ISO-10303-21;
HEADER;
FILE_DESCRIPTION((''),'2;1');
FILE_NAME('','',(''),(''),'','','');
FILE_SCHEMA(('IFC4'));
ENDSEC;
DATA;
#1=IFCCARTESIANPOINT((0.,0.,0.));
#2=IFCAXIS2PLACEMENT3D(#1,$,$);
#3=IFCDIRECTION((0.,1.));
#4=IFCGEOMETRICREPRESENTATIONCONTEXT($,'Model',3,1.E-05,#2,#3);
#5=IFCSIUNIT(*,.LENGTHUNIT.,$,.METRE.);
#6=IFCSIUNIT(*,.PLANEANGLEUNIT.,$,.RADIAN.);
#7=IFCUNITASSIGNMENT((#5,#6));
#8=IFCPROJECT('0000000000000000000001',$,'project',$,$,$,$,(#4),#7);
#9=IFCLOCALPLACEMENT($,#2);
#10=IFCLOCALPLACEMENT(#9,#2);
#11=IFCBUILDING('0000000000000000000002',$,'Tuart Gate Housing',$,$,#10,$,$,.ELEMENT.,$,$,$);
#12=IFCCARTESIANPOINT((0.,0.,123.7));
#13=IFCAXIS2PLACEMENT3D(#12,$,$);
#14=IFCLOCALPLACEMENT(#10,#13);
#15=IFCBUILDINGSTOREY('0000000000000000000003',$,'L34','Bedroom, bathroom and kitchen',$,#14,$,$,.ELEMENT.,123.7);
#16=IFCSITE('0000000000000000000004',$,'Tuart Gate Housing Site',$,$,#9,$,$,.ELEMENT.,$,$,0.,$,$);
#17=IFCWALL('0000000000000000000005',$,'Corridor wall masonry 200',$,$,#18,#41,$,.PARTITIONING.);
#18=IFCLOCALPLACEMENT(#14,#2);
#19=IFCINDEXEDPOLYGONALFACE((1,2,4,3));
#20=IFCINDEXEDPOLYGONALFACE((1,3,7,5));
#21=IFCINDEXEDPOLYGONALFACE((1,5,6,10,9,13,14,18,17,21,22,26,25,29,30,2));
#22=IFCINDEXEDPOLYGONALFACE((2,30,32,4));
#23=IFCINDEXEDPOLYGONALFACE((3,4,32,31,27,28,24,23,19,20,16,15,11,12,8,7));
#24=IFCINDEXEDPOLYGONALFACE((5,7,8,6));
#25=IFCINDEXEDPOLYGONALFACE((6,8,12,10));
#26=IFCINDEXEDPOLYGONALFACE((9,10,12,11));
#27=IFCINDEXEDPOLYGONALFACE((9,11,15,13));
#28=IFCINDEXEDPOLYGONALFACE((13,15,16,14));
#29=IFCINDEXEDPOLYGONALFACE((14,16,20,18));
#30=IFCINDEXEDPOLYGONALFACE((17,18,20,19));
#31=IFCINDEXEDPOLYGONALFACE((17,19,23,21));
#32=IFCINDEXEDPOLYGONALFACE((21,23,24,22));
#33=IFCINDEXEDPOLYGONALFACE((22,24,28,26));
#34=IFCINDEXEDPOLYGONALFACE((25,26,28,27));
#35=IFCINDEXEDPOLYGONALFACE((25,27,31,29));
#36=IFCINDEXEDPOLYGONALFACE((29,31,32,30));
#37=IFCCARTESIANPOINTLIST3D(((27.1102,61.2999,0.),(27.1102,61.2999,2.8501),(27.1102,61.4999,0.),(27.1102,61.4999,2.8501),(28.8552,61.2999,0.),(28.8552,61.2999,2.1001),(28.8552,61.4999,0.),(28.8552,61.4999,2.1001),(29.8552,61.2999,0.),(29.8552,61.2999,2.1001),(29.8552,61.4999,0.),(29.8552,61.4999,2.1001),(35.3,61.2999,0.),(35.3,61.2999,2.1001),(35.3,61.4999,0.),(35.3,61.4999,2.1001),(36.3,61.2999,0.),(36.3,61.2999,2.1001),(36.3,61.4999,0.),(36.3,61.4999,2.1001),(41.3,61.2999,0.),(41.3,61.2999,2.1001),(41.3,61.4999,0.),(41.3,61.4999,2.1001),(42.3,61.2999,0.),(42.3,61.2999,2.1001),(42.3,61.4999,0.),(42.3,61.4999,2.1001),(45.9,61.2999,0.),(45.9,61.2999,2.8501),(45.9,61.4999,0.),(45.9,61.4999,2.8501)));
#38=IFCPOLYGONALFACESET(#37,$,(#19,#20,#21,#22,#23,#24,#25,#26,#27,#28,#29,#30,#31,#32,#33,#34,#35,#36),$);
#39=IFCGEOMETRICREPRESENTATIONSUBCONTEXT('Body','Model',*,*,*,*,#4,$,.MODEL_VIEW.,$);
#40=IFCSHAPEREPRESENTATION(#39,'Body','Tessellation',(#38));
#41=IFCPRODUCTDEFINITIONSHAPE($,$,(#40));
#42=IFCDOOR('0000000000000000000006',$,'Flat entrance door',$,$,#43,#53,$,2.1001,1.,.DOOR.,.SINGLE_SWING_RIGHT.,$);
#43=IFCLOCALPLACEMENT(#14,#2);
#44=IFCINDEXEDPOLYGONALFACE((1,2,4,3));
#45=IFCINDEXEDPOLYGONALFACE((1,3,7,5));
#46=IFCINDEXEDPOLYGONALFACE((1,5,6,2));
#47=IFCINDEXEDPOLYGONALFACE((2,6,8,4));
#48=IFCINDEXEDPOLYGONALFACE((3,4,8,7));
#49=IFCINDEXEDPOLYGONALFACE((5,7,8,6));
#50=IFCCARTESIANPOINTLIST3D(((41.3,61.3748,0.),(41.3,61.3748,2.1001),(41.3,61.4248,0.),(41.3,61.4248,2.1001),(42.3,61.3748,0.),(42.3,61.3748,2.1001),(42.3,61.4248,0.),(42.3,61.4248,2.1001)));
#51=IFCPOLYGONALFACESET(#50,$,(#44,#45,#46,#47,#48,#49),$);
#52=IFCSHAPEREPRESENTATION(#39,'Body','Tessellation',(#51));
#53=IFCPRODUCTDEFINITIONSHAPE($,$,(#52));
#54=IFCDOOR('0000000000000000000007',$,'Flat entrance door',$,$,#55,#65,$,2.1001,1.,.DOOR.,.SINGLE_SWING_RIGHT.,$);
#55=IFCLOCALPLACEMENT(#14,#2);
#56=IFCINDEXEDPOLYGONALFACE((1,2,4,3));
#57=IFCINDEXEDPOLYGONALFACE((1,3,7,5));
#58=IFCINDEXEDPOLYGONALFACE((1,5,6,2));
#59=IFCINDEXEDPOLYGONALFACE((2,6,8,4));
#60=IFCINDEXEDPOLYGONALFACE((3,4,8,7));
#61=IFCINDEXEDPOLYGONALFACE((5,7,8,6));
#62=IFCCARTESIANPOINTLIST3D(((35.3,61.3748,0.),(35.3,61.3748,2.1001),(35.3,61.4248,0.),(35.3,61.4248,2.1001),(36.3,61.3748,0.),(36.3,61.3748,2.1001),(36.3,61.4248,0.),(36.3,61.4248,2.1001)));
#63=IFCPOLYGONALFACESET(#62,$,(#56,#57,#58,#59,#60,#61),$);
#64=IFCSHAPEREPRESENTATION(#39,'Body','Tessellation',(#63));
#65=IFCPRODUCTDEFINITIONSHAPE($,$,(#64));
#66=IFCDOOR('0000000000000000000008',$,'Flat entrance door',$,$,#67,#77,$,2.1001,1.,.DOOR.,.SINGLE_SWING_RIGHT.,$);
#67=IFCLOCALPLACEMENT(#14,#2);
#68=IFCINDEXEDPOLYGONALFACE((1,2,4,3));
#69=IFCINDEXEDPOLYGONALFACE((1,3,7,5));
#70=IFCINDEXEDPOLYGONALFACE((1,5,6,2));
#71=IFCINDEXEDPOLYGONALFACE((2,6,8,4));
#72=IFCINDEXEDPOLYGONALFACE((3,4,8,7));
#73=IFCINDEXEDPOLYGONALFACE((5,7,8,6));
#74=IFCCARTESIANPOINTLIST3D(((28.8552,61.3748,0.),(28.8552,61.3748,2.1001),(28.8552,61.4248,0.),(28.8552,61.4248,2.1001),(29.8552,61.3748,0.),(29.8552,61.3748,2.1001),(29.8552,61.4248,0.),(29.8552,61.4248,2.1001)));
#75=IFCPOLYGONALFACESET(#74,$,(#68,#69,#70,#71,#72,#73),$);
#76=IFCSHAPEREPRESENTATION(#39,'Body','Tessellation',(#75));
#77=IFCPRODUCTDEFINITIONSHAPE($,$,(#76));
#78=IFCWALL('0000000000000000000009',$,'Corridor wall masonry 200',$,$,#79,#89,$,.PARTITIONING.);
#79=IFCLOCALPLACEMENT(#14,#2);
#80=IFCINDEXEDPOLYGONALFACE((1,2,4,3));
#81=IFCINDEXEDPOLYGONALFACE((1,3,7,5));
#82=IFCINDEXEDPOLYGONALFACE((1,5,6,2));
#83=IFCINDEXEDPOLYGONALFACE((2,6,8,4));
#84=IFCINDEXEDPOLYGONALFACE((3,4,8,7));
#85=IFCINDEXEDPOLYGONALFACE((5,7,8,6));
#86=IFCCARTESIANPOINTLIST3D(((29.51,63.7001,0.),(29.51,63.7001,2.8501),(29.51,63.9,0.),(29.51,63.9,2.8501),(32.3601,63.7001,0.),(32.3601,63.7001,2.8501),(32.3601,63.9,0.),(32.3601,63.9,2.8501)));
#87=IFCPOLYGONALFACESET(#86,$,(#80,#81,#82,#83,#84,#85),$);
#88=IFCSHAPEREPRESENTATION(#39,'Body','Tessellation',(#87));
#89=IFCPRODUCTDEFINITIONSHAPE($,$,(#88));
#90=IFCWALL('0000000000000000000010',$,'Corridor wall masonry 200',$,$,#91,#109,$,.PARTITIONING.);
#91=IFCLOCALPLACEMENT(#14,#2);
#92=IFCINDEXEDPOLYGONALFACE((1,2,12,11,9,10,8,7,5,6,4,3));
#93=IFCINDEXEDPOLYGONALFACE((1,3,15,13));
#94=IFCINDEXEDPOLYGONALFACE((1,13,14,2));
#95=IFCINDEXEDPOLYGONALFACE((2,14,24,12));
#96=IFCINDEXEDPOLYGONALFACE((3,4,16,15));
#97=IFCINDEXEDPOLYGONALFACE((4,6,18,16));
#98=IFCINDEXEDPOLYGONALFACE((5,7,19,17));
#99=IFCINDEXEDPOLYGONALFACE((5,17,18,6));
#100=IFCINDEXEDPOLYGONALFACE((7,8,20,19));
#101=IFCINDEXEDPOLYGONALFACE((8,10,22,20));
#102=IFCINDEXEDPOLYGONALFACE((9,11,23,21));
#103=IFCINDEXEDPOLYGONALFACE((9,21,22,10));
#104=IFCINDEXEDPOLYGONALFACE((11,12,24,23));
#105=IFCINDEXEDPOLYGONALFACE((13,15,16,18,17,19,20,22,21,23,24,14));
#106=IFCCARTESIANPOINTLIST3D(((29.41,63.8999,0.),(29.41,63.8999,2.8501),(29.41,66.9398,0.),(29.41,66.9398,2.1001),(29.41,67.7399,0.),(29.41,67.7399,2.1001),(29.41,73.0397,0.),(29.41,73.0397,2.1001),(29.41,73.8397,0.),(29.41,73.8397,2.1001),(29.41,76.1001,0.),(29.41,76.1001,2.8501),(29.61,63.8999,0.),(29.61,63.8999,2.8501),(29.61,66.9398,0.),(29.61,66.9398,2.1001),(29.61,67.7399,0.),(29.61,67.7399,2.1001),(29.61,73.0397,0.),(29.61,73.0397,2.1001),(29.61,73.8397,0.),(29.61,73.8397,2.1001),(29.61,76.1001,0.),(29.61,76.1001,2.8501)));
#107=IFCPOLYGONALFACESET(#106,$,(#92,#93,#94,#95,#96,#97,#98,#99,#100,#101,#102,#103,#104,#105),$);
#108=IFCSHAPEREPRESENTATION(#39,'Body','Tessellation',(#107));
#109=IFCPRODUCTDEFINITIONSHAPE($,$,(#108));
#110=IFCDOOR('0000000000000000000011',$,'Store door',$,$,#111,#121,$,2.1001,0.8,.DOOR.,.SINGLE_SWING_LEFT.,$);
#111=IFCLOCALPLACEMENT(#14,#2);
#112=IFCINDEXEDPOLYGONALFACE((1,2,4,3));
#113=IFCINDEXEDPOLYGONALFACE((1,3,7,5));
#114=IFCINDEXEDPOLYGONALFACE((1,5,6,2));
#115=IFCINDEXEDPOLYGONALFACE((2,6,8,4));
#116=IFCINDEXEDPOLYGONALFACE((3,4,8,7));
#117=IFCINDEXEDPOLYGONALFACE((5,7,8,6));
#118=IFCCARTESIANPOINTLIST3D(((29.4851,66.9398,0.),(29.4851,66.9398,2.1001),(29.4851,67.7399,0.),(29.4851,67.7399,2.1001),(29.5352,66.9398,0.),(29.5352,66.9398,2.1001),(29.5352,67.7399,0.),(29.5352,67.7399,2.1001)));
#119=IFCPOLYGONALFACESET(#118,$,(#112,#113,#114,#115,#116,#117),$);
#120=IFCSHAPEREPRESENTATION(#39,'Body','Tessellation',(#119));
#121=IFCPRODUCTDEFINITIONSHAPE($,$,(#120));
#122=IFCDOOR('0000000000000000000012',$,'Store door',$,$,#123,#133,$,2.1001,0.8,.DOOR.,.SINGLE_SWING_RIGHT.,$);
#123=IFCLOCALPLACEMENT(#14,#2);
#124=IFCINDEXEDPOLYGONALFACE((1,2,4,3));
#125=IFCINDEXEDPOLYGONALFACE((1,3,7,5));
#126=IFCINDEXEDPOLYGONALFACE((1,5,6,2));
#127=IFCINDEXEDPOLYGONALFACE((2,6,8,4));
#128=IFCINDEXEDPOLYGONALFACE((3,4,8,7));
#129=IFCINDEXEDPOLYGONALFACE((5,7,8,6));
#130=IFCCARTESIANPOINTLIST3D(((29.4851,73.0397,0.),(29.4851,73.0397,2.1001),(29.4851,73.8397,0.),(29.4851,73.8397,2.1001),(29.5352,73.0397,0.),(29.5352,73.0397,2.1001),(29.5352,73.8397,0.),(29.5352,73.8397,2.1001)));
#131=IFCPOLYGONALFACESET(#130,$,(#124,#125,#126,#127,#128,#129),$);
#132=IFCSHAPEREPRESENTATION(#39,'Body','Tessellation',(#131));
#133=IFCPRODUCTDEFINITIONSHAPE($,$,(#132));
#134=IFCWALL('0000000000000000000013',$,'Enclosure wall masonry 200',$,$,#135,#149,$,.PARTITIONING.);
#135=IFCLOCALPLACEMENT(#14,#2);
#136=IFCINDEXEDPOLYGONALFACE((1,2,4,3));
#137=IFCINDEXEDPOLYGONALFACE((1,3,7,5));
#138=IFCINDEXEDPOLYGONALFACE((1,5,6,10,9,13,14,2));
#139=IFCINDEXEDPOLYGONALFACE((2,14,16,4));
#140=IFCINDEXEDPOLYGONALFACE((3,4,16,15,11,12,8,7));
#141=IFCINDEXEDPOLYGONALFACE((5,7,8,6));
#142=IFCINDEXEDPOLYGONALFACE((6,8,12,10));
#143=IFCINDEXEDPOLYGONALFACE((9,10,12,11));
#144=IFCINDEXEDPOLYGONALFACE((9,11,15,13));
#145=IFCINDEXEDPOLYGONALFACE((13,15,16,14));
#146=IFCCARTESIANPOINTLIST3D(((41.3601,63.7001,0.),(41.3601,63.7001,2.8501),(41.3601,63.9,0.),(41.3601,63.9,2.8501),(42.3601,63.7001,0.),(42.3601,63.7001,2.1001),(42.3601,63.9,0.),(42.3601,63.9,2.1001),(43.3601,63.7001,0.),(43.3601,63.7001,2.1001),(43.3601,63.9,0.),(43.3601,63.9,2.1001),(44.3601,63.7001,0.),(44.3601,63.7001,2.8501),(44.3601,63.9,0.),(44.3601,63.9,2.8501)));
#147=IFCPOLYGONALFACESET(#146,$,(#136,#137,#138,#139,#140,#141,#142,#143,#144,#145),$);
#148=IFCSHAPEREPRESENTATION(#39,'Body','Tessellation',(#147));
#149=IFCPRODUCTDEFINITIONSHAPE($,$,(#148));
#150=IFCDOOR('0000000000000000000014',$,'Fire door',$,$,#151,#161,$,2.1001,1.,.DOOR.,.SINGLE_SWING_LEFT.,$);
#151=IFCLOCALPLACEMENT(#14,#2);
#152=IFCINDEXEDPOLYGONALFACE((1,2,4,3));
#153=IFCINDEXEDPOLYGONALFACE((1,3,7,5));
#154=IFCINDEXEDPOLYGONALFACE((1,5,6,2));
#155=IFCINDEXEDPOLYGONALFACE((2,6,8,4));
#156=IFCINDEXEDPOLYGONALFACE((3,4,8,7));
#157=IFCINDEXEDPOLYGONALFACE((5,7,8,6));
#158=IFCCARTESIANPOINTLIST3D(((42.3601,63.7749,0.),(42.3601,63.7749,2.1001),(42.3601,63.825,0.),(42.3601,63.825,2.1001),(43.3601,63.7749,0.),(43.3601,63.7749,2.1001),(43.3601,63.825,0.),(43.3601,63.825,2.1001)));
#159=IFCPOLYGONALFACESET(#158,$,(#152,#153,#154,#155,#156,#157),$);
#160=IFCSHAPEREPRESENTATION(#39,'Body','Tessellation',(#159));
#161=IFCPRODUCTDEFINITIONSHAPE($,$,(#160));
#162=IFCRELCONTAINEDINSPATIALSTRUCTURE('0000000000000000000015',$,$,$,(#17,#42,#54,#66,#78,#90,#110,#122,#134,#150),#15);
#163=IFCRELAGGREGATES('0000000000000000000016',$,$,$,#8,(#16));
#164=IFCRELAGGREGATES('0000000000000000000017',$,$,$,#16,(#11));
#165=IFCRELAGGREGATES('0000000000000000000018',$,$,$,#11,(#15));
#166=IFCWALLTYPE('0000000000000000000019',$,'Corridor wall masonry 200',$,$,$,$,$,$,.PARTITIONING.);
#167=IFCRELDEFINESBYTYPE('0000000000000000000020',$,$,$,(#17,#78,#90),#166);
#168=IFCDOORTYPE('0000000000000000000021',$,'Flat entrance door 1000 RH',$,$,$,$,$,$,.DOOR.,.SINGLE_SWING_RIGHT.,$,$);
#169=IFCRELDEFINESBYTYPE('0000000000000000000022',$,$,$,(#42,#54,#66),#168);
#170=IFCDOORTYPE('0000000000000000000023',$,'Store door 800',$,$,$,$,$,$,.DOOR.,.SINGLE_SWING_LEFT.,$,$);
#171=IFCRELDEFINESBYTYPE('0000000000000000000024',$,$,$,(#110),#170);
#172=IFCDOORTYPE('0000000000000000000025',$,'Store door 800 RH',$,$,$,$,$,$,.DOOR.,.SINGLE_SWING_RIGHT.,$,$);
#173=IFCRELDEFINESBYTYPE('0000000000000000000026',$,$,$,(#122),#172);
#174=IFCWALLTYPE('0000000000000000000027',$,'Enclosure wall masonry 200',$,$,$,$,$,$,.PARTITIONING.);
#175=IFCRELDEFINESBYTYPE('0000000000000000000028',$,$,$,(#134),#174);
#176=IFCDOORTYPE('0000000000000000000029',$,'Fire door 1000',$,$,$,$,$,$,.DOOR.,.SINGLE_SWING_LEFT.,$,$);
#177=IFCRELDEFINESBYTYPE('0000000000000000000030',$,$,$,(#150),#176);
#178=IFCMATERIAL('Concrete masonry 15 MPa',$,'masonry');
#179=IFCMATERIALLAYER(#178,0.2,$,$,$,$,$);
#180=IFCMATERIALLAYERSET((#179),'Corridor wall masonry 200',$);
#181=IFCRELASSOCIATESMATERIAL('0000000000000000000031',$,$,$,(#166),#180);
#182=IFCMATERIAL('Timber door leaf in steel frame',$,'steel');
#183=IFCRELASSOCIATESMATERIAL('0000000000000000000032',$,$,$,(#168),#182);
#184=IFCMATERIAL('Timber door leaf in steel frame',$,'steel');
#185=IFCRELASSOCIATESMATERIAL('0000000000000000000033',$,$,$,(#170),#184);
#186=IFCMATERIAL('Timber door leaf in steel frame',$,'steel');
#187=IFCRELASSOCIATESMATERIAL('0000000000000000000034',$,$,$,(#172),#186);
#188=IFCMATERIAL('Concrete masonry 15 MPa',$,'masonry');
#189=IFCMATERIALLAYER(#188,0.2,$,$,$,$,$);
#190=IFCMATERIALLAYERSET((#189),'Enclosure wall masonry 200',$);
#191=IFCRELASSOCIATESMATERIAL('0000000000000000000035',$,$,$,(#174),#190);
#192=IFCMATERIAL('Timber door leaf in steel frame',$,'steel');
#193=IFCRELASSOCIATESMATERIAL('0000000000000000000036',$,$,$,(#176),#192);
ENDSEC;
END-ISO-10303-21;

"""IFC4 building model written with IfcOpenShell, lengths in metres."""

from ifc_helpers import new_model, si_unit, direction, frame, frame_2d, origin, place, context, subcontext, project, spatial, rectangle, extrude, material, layer, layer_set, type_object, element, fill, save


model = new_model("IFC4")

# Units and contexts
model_context = context("Model", 3, precision=1e-05, world=origin(), true_north=direction((0.0, 1.0)))
body_context = subcontext(model_context, "Body", "Model", "MODEL_VIEW")
ifc_project = project(units=[si_unit("LENGTHUNIT", "METRE"), si_unit("PLANEANGLEUNIT", "RADIAN")], contexts=[model_context])

# Site, building, storey
site_placement = place(None, origin())
site = spatial("IfcSite", under=ifc_project, at=site_placement, Name="Tuart Gate Housing Site", CompositionType="ELEMENT", RefElevation=0.0)
building_placement = place(site_placement, origin())
building = spatial("IfcBuilding", under=site, at=building_placement, Name="Tuart Gate Housing", CompositionType="ELEMENT")
storey_placement = place(building_placement, frame((0.0, 0.0, 123.7)))
storey = spatial("IfcBuildingStorey", under=building, at=storey_placement, Name="L34", Description="Bedroom, bathroom and kitchen", CompositionType="ELEMENT", Elevation=123.7)

# Wall, openings, doors
ifc_material_1 = material(Name="Concrete masonry 15 MPa", Category="masonry")
ifc_layer_1 = layer(ifc_material_1, 0.2)
ifc_layer_set_1 = layer_set([ifc_layer_1], Name="Corridor wall masonry 200")
wall_type_1 = type_object("IfcWallType", Name="Corridor wall masonry 200", PredefinedType="PARTITIONING", material=ifc_layer_set_1)
wall_1_placement = place(storey_placement, frame((27.1101, 61.3999, 0.0), z_axis=(0.0, 0.0, 1.0), x_axis=(1.0, 0.0, 0.0)))
wall_1 = element("IfcWall", 1, at=wall_1_placement, inside=storey, type_object=wall_type_1, Name="Corridor wall masonry 200", PredefinedType="PARTITIONING", context=body_context, shape_type="SweptSolid", body=[
    extrude(rectangle(XDim=18.7898, YDim=0.2, at=frame_2d((9.395, 0.0))), origin(), (0.0, 0.0, 1.0), 2.8501),
])
opening_1_placement = place(wall_1_placement, frame((14.1899, 0.0, 0.0)))
opening_1 = element("IfcOpeningElement", 2, at=opening_1_placement, cuts=wall_1, PredefinedType="OPENING", context=body_context, shape_type="SweptSolid", body=[
    extrude(rectangle(XDim=1.0, YDim=2.1001, at=frame_2d((0.5, 1.05))), frame((0.0, 0.1099, 0.0), z_axis=(0.0, -1.0, 0.0), x_axis=(1.0, 0.0, 0.0)), (0.0, 0.0, 1.0), 0.22),
])
opening_2_placement = place(wall_1_placement, frame((8.1899, 0.0, 0.0)))
opening_2 = element("IfcOpeningElement", 3, at=opening_2_placement, cuts=wall_1, PredefinedType="OPENING", context=body_context, shape_type="SweptSolid", body=[
    extrude(rectangle(XDim=1.0, YDim=2.1001, at=frame_2d((0.5, 1.05))), frame((0.0, 0.1099, 0.0), z_axis=(0.0, -1.0, 0.0), x_axis=(1.0, 0.0, 0.0)), (0.0, 0.0, 1.0), 0.22),
])
opening_3_placement = place(wall_1_placement, frame((1.7451, 0.0, 0.0)))
opening_3 = element("IfcOpeningElement", 4, at=opening_3_placement, cuts=wall_1, PredefinedType="OPENING", context=body_context, shape_type="SweptSolid", body=[
    extrude(rectangle(XDim=1.0, YDim=2.1001, at=frame_2d((0.5, 1.05))), frame((0.0, 0.1099, 0.0), z_axis=(0.0, -1.0, 0.0), x_axis=(1.0, 0.0, 0.0)), (0.0, 0.0, 1.0), 0.22),
])
ifc_material_2 = material(Name="Timber door leaf in steel frame", Category="steel")
door_type_1 = type_object("IfcDoorType", Name="Flat entrance door 1000 RH", OperationType="SINGLE_SWING_RIGHT", PredefinedType="DOOR", material=ifc_material_2)
door_1_placement = place(opening_1_placement, frame((1.0, 0.0, 0.0), z_axis=(0.0, 0.0, 1.0), x_axis=(-1.0, 0.0, 0.0)))
door_1 = element("IfcDoor", 5, at=door_1_placement, inside=storey, type_object=door_type_1, Name="Flat entrance door", OperationType="SINGLE_SWING_RIGHT", OverallHeight=2.1001, OverallWidth=1.0, PredefinedType="DOOR", context=body_context, shape_type="SweptSolid", body=[
    extrude(rectangle(XDim=1.0, YDim=2.1001, at=frame_2d((0.5, 1.05))), frame((0.0, 0.0251, 0.0), z_axis=(0.0, -1.0, 0.0), x_axis=(1.0, 0.0, 0.0)), (0.0, 0.0, 1.0), 0.05),
])
fill(opening_1, door_1)
door_2_placement = place(opening_2_placement, frame((1.0, 0.0, 0.0), z_axis=(0.0, 0.0, 1.0), x_axis=(-1.0, 0.0, 0.0)))
door_2 = element("IfcDoor", 6, at=door_2_placement, inside=storey, type_object=door_type_1, Name="Flat entrance door", OperationType="SINGLE_SWING_RIGHT", OverallHeight=2.1001, OverallWidth=1.0, PredefinedType="DOOR", context=body_context, shape_type="SweptSolid", body=[
    extrude(rectangle(XDim=1.0, YDim=2.1001, at=frame_2d((0.5, 1.05))), frame((0.0, 0.0251, 0.0), z_axis=(0.0, -1.0, 0.0), x_axis=(1.0, 0.0, 0.0)), (0.0, 0.0, 1.0), 0.05),
])
fill(opening_2, door_2)
door_3_placement = place(opening_3_placement, frame((1.0, 0.0, 0.0), z_axis=(0.0, 0.0, 1.0), x_axis=(-1.0, 0.0, 0.0)))
door_3 = element("IfcDoor", 7, at=door_3_placement, inside=storey, type_object=door_type_1, Name="Flat entrance door", OperationType="SINGLE_SWING_RIGHT", OverallHeight=2.1001, OverallWidth=1.0, PredefinedType="DOOR", context=body_context, shape_type="SweptSolid", body=[
    extrude(rectangle(XDim=1.0, YDim=2.1001, at=frame_2d((0.5, 1.05))), frame((0.0, 0.0251, 0.0), z_axis=(0.0, -1.0, 0.0), x_axis=(1.0, 0.0, 0.0)), (0.0, 0.0, 1.0), 0.05),
])
fill(opening_3, door_3)

# Wall
wall_2_placement = place(storey_placement, frame((29.51, 63.8, 0.0), z_axis=(0.0, 0.0, 1.0), x_axis=(1.0, 0.0, 0.0)))
element("IfcWall", 8, at=wall_2_placement, inside=storey, type_object=wall_type_1, Name="Corridor wall masonry 200", PredefinedType="PARTITIONING", context=body_context, shape_type="SweptSolid", body=[
    extrude(rectangle(XDim=2.8501, YDim=0.2, at=frame_2d((1.425, 0.0))), origin(), (0.0, 0.0, 1.0), 2.8501),
])

# Wall, openings, doors
wall_3_placement = place(storey_placement, frame((29.51, 63.8999, 0.0), z_axis=(0.0, 0.0, 1.0), x_axis=(0.0, 1.0, 0.0)))
wall_3 = element("IfcWall", 9, at=wall_3_placement, inside=storey, type_object=wall_type_1, Name="Corridor wall masonry 200", PredefinedType="PARTITIONING", context=body_context, shape_type="SweptSolid", body=[
    extrude(rectangle(XDim=12.2002, YDim=0.2, at=frame_2d((6.1001, 0.0))), origin(), (0.0, 0.0, 1.0), 2.8501),
])
opening_4_placement = place(wall_3_placement, frame((3.04, 0.0, 0.0)))
opening_4 = element("IfcOpeningElement", 10, at=opening_4_placement, cuts=wall_3, PredefinedType="OPENING", context=body_context, shape_type="SweptSolid", body=[
    extrude(rectangle(XDim=0.8, YDim=2.1001, at=frame_2d((0.3999, 1.05))), frame((0.0, 0.1099, 0.0), z_axis=(0.0, -1.0, 0.0), x_axis=(1.0, 0.0, 0.0)), (0.0, 0.0, 1.0), 0.22),
])
opening_5_placement = place(wall_3_placement, frame((9.1399, 0.0, 0.0)))
opening_5 = element("IfcOpeningElement", 11, at=opening_5_placement, cuts=wall_3, PredefinedType="OPENING", context=body_context, shape_type="SweptSolid", body=[
    extrude(rectangle(XDim=0.8, YDim=2.1001, at=frame_2d((0.3999, 1.05))), frame((0.0, 0.1099, 0.0), z_axis=(0.0, -1.0, 0.0), x_axis=(1.0, 0.0, 0.0)), (0.0, 0.0, 1.0), 0.22),
])
ifc_material_3 = material(Name="Timber door leaf in steel frame", Category="steel")
door_type_2 = type_object("IfcDoorType", Name="Store door 800", OperationType="SINGLE_SWING_LEFT", PredefinedType="DOOR", material=ifc_material_3)
door_4_placement = place(opening_4_placement, frame((0.8, 0.0, 0.0), z_axis=(0.0, 0.0, 1.0), x_axis=(-1.0, 0.0, 0.0)))
door_4 = element("IfcDoor", 12, at=door_4_placement, inside=storey, type_object=door_type_2, Name="Store door", OperationType="SINGLE_SWING_LEFT", OverallHeight=2.1001, OverallWidth=0.8, PredefinedType="DOOR", context=body_context, shape_type="SweptSolid", body=[
    extrude(rectangle(XDim=0.8, YDim=2.1001, at=frame_2d((0.4001, 1.05))), frame((0.0, 0.0251, 0.0), z_axis=(0.0, -1.0, 0.0), x_axis=(1.0, 0.0, 0.0)), (0.0, 0.0, 1.0), 0.05),
])
fill(opening_4, door_4)
ifc_material_4 = material(Name="Timber door leaf in steel frame", Category="steel")
door_type_3 = type_object("IfcDoorType", Name="Store door 800 RH", OperationType="SINGLE_SWING_RIGHT", PredefinedType="DOOR", material=ifc_material_4)
door_5_placement = place(opening_5_placement, frame((0.8, 0.0, 0.0), z_axis=(0.0, 0.0, 1.0), x_axis=(-1.0, 0.0, 0.0)))
door_5 = element("IfcDoor", 13, at=door_5_placement, inside=storey, type_object=door_type_3, Name="Store door", OperationType="SINGLE_SWING_RIGHT", OverallHeight=2.1001, OverallWidth=0.8, PredefinedType="DOOR", context=body_context, shape_type="SweptSolid", body=[
    extrude(rectangle(XDim=0.8, YDim=2.1001, at=frame_2d((0.4001, 1.05))), frame((0.0, 0.0251, 0.0), z_axis=(0.0, -1.0, 0.0), x_axis=(1.0, 0.0, 0.0)), (0.0, 0.0, 1.0), 0.05),
])
fill(opening_5, door_5)

# Wall, opening, door
ifc_material_5 = material(Name="Concrete masonry 15 MPa", Category="masonry")
ifc_layer_2 = layer(ifc_material_5, 0.2)
ifc_layer_set_2 = layer_set([ifc_layer_2], Name="Enclosure wall masonry 200")
wall_type_2 = type_object("IfcWallType", Name="Enclosure wall masonry 200", PredefinedType="PARTITIONING", material=ifc_layer_set_2)
wall_4_placement = place(storey_placement, frame((41.3601, 63.8, 0.0), z_axis=(0.0, 0.0, 1.0), x_axis=(1.0, 0.0, 0.0)))
wall_4 = element("IfcWall", 14, at=wall_4_placement, inside=storey, type_object=wall_type_2, Name="Enclosure wall masonry 200", PredefinedType="PARTITIONING", context=body_context, shape_type="SweptSolid", body=[
    extrude(rectangle(XDim=3.0, YDim=0.2, at=frame_2d((1.5, 0.0))), origin(), (0.0, 0.0, 1.0), 2.8501),
])
opening_6_placement = place(wall_4_placement, frame((1.0, 0.0, 0.0)))
opening_6 = element("IfcOpeningElement", 15, at=opening_6_placement, cuts=wall_4, PredefinedType="OPENING", context=body_context, shape_type="SweptSolid", body=[
    extrude(rectangle(XDim=1.0, YDim=2.1001, at=frame_2d((0.5, 1.05))), frame((0.0, 0.1099, 0.0), z_axis=(0.0, -1.0, 0.0), x_axis=(1.0, 0.0, 0.0)), (0.0, 0.0, 1.0), 0.22),
])
ifc_material_6 = material(Name="Timber door leaf in steel frame", Category="steel")
door_type_4 = type_object("IfcDoorType", Name="Fire door 1000", OperationType="SINGLE_SWING_LEFT", PredefinedType="DOOR", material=ifc_material_6)
door_6_placement = place(opening_6_placement, frame((1.0, 0.0, 0.0), z_axis=(0.0, 0.0, 1.0), x_axis=(-1.0, 0.0, 0.0)))
door_6 = element("IfcDoor", 16, at=door_6_placement, inside=storey, type_object=door_type_4, Name="Fire door", OperationType="SINGLE_SWING_LEFT", OverallHeight=2.1001, OverallWidth=1.0, PredefinedType="DOOR", context=body_context, shape_type="SweptSolid", body=[
    extrude(rectangle(XDim=1.0, YDim=2.1001, at=frame_2d((0.5, 1.05))), frame((0.0, 0.0251, 0.0), z_axis=(0.0, -1.0, 0.0), x_axis=(1.0, 0.0, 0.0)), (0.0, 0.0, 1.0), 0.05),
])
fill(opening_6, door_6)

save(model, "model.ifc")
